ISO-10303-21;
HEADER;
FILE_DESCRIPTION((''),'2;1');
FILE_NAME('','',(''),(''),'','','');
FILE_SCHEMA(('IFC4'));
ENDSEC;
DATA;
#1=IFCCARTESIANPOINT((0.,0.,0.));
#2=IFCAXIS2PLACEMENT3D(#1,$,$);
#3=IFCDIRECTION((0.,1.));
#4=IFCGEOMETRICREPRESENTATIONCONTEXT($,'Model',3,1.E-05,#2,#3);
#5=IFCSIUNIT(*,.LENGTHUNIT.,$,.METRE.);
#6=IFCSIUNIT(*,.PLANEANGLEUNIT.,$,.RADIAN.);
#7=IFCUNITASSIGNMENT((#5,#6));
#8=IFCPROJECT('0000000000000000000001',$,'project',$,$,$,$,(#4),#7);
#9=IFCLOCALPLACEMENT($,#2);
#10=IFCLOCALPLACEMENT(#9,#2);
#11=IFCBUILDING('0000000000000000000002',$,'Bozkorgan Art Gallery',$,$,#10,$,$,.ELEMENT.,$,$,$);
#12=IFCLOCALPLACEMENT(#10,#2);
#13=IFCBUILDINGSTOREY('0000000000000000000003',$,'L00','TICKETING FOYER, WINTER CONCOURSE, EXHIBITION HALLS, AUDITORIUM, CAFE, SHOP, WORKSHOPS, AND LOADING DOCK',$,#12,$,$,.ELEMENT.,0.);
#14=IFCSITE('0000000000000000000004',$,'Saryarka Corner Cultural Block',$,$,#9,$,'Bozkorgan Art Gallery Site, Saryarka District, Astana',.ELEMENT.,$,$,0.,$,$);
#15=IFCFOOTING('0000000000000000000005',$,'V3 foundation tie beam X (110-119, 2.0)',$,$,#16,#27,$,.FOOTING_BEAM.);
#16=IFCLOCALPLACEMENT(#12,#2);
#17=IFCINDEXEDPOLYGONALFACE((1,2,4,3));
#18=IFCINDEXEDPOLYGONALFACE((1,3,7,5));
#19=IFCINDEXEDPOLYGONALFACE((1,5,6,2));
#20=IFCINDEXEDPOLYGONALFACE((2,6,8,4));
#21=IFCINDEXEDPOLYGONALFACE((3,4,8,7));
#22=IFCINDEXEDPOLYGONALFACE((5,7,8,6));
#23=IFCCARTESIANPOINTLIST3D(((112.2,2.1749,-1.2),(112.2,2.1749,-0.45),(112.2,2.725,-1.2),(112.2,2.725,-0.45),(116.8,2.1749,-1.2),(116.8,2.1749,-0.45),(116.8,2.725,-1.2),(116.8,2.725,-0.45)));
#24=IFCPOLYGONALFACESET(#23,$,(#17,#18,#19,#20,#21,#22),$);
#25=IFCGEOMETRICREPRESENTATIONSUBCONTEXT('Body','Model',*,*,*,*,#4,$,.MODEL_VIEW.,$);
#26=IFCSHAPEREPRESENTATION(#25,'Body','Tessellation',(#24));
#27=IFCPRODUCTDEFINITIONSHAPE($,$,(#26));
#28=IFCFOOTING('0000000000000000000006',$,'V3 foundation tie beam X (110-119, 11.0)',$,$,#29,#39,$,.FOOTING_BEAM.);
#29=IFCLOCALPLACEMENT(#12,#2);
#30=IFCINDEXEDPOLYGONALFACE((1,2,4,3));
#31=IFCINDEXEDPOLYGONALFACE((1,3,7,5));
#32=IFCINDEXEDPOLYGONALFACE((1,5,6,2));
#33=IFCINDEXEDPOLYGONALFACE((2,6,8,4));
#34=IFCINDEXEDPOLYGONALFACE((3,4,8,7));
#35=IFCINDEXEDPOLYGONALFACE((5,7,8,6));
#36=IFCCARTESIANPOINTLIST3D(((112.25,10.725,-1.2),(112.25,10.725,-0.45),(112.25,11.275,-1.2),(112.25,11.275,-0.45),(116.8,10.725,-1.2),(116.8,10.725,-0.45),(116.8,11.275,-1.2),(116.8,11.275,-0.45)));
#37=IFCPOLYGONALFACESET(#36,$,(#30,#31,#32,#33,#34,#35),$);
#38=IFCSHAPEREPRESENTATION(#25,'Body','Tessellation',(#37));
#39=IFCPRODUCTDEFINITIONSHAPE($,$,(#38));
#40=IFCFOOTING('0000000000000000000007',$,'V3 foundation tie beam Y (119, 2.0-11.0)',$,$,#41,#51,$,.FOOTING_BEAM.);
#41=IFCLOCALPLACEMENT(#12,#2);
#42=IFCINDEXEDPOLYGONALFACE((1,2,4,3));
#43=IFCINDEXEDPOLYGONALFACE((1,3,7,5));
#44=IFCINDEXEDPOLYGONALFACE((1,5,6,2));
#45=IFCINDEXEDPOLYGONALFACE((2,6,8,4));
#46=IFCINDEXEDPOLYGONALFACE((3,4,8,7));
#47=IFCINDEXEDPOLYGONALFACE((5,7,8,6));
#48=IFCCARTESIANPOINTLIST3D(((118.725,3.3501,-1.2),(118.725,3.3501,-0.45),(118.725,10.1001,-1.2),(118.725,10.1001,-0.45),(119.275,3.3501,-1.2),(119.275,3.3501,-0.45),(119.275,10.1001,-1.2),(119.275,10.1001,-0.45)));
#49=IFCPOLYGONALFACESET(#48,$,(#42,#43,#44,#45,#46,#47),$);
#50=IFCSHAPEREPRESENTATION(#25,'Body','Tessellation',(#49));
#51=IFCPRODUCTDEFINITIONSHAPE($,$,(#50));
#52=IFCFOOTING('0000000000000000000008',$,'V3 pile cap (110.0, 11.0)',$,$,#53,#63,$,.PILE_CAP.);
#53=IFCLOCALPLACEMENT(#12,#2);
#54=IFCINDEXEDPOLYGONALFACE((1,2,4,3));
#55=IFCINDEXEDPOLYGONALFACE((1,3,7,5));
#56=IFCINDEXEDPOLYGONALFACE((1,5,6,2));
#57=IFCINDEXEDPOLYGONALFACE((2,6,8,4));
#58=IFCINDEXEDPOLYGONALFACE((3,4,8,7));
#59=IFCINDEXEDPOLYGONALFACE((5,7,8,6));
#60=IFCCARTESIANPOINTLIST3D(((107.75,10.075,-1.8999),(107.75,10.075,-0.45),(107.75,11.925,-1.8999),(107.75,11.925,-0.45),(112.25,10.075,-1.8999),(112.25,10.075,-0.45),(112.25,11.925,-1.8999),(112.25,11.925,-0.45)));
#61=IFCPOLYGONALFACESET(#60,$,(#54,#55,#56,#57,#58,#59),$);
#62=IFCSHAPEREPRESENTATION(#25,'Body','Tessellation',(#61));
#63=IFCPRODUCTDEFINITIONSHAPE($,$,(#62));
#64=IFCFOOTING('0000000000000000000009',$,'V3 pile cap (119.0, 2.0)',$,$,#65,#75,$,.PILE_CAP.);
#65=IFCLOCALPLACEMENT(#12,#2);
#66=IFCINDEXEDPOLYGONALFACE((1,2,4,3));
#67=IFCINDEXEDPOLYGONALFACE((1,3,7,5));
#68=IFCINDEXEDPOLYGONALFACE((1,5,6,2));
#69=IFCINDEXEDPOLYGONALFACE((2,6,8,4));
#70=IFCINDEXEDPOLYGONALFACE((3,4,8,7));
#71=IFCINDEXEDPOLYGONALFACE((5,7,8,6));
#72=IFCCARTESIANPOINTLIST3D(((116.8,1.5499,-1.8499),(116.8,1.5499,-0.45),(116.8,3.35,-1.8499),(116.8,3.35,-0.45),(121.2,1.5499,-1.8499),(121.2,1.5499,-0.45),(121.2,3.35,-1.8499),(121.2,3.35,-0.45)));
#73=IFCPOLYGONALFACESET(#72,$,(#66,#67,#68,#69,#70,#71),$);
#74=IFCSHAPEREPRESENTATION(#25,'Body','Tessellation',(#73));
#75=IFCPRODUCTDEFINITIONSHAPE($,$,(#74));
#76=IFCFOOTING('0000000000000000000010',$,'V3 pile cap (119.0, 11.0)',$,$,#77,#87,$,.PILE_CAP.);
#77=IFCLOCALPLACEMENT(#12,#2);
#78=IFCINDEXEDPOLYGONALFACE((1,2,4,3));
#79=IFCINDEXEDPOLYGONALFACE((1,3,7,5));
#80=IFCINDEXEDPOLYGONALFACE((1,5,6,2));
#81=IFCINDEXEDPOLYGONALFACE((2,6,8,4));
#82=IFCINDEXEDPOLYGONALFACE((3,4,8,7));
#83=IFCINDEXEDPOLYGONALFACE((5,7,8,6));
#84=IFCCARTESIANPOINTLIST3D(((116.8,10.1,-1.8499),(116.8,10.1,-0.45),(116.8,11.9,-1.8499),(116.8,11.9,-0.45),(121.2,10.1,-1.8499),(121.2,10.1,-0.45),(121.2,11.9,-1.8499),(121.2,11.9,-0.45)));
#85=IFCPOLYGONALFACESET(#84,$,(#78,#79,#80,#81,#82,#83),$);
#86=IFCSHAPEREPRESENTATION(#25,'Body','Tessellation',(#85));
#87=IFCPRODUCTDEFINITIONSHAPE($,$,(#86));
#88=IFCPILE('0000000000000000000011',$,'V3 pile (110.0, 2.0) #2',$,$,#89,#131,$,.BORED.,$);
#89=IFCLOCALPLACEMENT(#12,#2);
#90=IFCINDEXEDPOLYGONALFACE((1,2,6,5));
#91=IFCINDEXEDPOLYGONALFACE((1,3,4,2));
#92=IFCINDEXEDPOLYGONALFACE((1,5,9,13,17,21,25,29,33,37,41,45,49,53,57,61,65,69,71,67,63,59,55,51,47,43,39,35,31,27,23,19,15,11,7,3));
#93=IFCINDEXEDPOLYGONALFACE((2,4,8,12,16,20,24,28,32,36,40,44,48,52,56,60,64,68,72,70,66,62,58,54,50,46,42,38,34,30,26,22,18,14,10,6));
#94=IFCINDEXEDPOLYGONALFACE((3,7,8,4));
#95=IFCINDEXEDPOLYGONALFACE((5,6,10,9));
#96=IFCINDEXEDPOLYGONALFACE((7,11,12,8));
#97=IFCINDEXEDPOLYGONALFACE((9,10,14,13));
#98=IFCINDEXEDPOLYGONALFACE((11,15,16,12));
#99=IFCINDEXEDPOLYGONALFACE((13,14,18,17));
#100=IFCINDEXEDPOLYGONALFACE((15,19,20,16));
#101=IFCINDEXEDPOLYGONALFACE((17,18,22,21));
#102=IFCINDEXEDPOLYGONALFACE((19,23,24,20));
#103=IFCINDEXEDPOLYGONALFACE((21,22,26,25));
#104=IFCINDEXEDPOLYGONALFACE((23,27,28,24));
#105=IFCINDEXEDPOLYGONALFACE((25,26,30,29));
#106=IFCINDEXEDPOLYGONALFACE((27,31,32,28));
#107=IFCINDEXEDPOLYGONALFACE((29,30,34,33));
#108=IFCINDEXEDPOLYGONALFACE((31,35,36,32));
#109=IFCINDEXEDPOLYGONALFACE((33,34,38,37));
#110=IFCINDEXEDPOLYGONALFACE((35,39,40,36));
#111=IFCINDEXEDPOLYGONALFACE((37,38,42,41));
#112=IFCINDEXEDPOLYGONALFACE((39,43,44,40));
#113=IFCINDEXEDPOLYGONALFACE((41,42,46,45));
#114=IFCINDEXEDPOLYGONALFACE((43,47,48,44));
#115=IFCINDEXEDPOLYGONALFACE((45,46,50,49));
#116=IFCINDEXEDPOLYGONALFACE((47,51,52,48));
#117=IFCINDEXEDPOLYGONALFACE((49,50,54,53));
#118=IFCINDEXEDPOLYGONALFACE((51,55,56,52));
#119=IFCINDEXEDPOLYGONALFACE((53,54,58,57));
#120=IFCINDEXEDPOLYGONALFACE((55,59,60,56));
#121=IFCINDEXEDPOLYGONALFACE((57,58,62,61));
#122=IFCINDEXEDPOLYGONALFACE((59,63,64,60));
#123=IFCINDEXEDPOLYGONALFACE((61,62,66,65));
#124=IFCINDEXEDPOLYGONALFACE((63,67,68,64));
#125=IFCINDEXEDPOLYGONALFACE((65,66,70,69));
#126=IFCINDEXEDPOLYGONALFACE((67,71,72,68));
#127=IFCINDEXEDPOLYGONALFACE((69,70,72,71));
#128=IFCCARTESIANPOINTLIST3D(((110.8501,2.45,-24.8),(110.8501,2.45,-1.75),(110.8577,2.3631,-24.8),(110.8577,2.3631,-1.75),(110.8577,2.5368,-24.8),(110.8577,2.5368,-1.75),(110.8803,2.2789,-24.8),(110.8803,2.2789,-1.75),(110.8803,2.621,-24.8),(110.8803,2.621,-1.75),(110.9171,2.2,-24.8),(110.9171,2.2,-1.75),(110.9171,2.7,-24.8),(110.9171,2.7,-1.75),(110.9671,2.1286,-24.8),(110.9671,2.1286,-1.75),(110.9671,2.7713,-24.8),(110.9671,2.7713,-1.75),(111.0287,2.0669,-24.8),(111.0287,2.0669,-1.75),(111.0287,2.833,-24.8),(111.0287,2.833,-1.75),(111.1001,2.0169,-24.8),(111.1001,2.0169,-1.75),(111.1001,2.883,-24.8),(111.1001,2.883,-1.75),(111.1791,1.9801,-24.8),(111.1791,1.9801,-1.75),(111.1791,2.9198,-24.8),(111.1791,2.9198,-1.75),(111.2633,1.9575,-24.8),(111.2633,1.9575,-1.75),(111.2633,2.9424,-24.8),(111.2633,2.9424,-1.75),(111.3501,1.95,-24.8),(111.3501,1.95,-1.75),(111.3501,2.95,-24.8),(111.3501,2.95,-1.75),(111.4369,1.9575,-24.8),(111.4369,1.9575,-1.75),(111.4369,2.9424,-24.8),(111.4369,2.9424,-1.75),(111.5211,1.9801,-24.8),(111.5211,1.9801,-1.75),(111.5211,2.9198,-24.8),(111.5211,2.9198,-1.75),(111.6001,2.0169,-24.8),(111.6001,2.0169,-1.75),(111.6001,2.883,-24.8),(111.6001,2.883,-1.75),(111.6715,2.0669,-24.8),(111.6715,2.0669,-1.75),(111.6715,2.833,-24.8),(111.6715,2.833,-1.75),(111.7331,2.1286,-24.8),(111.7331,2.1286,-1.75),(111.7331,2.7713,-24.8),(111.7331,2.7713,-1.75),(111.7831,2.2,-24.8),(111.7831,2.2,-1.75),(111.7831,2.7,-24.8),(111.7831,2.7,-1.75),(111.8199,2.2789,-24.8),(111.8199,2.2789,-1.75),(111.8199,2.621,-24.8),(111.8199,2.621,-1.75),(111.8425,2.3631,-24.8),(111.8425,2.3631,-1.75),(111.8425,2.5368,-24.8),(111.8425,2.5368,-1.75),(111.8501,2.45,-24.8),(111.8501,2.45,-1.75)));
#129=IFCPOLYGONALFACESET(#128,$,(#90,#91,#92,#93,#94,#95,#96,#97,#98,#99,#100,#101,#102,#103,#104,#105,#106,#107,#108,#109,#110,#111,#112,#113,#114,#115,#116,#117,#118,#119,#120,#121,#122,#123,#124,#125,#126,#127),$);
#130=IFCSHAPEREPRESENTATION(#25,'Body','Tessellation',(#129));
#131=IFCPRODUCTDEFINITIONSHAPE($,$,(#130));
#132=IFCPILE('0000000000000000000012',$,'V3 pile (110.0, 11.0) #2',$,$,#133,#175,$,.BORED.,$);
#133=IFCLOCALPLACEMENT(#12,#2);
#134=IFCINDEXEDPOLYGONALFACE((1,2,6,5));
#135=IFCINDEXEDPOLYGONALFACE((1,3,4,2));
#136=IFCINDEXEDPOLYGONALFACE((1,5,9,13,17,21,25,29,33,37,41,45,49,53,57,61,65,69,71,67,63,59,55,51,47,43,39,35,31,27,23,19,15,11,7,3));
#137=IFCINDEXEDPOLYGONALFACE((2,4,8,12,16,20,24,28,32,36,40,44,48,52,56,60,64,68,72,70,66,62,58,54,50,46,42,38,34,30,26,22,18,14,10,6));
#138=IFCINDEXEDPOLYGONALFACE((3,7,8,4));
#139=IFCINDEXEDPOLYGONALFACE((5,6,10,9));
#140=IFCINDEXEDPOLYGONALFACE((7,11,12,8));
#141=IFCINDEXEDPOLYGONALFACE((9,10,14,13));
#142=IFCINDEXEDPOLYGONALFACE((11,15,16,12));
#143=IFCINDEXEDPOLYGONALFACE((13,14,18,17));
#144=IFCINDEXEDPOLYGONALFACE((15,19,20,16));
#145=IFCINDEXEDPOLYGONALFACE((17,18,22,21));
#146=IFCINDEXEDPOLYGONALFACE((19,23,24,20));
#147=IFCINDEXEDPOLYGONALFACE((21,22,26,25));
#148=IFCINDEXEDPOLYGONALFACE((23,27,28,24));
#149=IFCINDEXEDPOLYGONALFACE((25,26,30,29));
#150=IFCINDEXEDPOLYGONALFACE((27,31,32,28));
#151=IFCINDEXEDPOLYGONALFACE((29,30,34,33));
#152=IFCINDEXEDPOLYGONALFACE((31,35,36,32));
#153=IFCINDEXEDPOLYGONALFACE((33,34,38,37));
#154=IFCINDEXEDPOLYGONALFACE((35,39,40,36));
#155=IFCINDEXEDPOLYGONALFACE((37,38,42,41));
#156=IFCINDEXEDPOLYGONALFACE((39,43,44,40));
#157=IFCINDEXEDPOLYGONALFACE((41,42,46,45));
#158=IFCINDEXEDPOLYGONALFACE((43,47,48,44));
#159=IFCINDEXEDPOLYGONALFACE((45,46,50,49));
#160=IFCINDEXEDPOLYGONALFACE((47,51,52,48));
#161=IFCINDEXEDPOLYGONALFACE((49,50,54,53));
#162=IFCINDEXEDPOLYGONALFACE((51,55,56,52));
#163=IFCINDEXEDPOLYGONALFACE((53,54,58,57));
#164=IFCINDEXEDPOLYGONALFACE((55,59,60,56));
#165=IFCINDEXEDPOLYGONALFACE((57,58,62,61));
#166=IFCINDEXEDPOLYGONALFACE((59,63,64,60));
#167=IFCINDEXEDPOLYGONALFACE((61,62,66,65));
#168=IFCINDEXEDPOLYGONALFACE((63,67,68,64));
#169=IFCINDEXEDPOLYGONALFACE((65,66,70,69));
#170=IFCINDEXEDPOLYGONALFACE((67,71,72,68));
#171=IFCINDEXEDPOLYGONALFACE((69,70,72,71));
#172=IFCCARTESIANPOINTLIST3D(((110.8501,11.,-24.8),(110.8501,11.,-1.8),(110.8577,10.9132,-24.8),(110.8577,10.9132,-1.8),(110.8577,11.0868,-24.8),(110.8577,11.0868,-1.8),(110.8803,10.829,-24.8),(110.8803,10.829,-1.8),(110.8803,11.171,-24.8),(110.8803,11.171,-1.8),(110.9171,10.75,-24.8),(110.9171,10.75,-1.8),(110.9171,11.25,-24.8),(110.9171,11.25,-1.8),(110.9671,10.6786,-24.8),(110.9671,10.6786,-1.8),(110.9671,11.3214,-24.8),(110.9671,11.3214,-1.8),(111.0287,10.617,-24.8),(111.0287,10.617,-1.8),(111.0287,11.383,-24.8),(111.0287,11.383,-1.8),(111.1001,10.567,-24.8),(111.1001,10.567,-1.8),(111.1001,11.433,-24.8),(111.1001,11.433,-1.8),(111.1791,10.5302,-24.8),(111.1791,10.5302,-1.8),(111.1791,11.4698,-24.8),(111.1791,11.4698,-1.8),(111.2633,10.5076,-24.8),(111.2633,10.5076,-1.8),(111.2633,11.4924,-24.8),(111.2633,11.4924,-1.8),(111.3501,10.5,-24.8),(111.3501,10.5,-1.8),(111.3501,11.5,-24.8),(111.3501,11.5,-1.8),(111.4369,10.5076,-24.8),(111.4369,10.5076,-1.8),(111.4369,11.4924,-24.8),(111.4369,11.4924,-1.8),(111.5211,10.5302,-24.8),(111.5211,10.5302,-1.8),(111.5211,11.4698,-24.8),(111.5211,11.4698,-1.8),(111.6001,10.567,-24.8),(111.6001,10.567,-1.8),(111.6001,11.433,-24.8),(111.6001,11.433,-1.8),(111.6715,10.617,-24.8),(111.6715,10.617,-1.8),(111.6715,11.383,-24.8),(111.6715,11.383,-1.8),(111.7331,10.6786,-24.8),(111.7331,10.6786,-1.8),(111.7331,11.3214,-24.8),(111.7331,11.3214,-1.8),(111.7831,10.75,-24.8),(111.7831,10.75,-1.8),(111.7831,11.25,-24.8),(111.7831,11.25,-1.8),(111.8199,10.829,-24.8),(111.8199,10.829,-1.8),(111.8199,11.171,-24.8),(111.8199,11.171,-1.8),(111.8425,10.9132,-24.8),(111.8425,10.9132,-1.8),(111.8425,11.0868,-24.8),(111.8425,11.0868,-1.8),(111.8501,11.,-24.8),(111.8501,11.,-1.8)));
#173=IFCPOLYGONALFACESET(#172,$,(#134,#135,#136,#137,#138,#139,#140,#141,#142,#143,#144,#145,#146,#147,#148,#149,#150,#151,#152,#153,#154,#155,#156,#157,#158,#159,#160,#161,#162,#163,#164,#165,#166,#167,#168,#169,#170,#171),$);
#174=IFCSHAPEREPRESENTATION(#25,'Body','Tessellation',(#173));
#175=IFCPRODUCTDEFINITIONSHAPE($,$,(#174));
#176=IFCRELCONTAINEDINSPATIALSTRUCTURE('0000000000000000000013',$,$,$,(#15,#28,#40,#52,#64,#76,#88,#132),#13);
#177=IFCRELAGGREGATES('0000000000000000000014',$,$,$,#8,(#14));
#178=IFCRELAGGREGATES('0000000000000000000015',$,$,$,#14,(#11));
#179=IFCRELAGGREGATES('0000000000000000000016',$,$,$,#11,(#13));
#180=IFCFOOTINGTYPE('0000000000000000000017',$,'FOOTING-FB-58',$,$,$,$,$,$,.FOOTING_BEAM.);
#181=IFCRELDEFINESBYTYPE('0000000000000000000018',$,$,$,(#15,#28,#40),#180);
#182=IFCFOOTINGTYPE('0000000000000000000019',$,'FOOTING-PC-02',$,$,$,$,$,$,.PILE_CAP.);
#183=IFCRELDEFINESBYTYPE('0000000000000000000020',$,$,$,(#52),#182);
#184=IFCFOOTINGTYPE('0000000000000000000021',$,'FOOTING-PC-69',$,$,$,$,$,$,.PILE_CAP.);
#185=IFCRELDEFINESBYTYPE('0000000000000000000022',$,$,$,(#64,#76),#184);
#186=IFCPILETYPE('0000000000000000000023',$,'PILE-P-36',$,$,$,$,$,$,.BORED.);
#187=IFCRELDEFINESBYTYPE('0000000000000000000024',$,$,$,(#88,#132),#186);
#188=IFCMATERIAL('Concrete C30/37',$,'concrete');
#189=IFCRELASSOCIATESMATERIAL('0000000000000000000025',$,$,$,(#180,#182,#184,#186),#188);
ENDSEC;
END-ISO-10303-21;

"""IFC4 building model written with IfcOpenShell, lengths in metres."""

from ifc_helpers import new_model, si_unit, direction, frame, origin, origin_2d, place, context, subcontext, project, spatial, rectangle, circle, extrude, material, material_profile, profile_set, type_object, element, save


model = new_model("IFC4")

# Units and contexts
model_context = context("Model", 3, precision=1e-05, world=origin(), true_north=direction((0.0, 1.0)))
body_context = subcontext(model_context, "Body", "Model", "MODEL_VIEW")
ifc_project = project(units=[si_unit("LENGTHUNIT", "METRE"), si_unit("PLANEANGLEUNIT", "RADIAN")], contexts=[model_context])

# Site, building, storey
site_placement = place(None, origin())
site = spatial("IfcSite", under=ifc_project, at=site_placement, Name="Saryarka Corner Cultural Block", LongName="Bozkorgan Art Gallery Site, Saryarka District, Astana", CompositionType="ELEMENT", RefElevation=0.0)
building_placement = place(site_placement, origin())
building = spatial("IfcBuilding", under=site, at=building_placement, Name="Bozkorgan Art Gallery", CompositionType="ELEMENT")
storey_placement = place(building_placement, origin())
storey = spatial("IfcBuildingStorey", under=building, at=storey_placement, Name="L00", Description="TICKETING FOYER, WINTER CONCOURSE, EXHIBITION HALLS, AUDITORIUM, CAFE, SHOP, WORKSHOPS, AND LOADING DOCK", CompositionType="ELEMENT", Elevation=0.0)

# Footings
ifc_material_1 = material(Name="Concrete C30/37", Category="concrete")
ifc_material_profile_1 = material_profile(ifc_material_1, rectangle(XDim=0.55, YDim=0.75, at=origin_2d()), Name="FND 550x750")
ifc_profile_set_1 = profile_set([ifc_material_profile_1], Name="Concrete C30/37")
footing_type_1 = type_object("IfcFootingType", Name="FOOTING-FB-58", PredefinedType="FOOTING_BEAM", material=ifc_profile_set_1)
footing_1_placement = place(storey_placement, frame((112.2, 2.45, -0.825), z_axis=(1.0, 0.0, 0.0), x_axis=(0.0, 1.0, 0.0)))
element("IfcFooting", 1, at=footing_1_placement, inside=storey, type_object=footing_type_1, Name="V3 foundation tie beam X (110-119, 2.0)", PredefinedType="FOOTING_BEAM", context=body_context, shape_type="SweptSolid", body=[
    extrude(rectangle(XDim=0.55, YDim=0.75, at=origin_2d()), origin(), (0.0, 0.0, 1.0), 4.6001),
])
footing_2_placement = place(storey_placement, frame((112.25, 11.0, -0.825), z_axis=(1.0, 0.0, 0.0), x_axis=(0.0, 1.0, 0.0)))
element("IfcFooting", 2, at=footing_2_placement, inside=storey, type_object=footing_type_1, Name="V3 foundation tie beam X (110-119, 11.0)", PredefinedType="FOOTING_BEAM", context=body_context, shape_type="SweptSolid", body=[
    extrude(rectangle(XDim=0.55, YDim=0.75, at=origin_2d()), origin(), (0.0, 0.0, 1.0), 4.55),
])
footing_3_placement = place(storey_placement, frame((119.0, 3.3501, -0.825), z_axis=(0.0, 1.0, 0.0), x_axis=(-1.0, 0.0, 0.0)))
element("IfcFooting", 3, at=footing_3_placement, inside=storey, type_object=footing_type_1, Name="V3 foundation tie beam Y (119, 2.0-11.0)", PredefinedType="FOOTING_BEAM", context=body_context, shape_type="SweptSolid", body=[
    extrude(rectangle(XDim=0.55, YDim=0.75, at=origin_2d()), origin(), (0.0, 0.0, 1.0), 6.75),
])
footing_type_2 = type_object("IfcFootingType", Name="FOOTING-PC-02", PredefinedType="PILE_CAP", material=ifc_material_1)
footing_4_placement = place(storey_placement, frame((110.0, 11.0, -1.8999), z_axis=(0.0, 0.0, 1.0), x_axis=(1.0, 0.0, 0.0)))
element("IfcFooting", 4, at=footing_4_placement, inside=storey, type_object=footing_type_2, Name="V3 pile cap (110.0, 11.0)", PredefinedType="PILE_CAP", context=body_context, shape_type="SweptSolid", body=[
    extrude(rectangle(XDim=4.5, YDim=1.8501, at=origin_2d()), origin(), (0.0, 0.0, 1.0), 1.45),
])
footing_type_3 = type_object("IfcFootingType", Name="FOOTING-PC-69", PredefinedType="PILE_CAP", material=ifc_material_1)
for number, where, z_axis, x_axis, name in (
    (5, (119.0, 2.45, -1.8499), (0.0, 0.0, 1.0), (1.0, 0.0, 0.0), "V3 pile cap (119.0, 2.0)"),
    (6, (119.0, 11.0, -1.8499), (0.0, 0.0, 1.0), (1.0, 0.0, 0.0), "V3 pile cap (119.0, 11.0)"),
):
    element("IfcFooting", number, at=place(storey_placement, frame(where, z_axis=z_axis, x_axis=x_axis)), inside=storey, type_object=footing_type_3, Name=name, PredefinedType="PILE_CAP", context=body_context, shape_type="SweptSolid", body=[
        extrude(rectangle(XDim=4.3999, YDim=1.8, at=origin_2d()), origin(), (0.0, 0.0, 1.0), 1.3999),
    ])

# Piles
ifc_material_profile_2 = material_profile(ifc_material_1, circle(Radius=0.5, at=origin_2d()), Name="PILE D1000")
ifc_profile_set_2 = profile_set([ifc_material_profile_2], Name="Concrete C30/37")
pile_type = type_object("IfcPileType", Name="PILE-P-36", PredefinedType="BORED", material=ifc_profile_set_2)
pile_1_placement = place(storey_placement, frame((111.3501, 2.45, -1.75), z_axis=(0.0, 0.0, -1.0), x_axis=(1.0, 0.0, 0.0)))
element("IfcPile", 7, at=pile_1_placement, inside=storey, type_object=pile_type, Name="V3 pile (110.0, 2.0) #2", PredefinedType="BORED", context=body_context, shape_type="SweptSolid", body=[
    extrude(circle(Radius=0.5, at=origin_2d()), origin(), (0.0, 0.0, 1.0), 23.05),
])
pile_2_placement = place(storey_placement, frame((111.3501, 11.0, -1.8), z_axis=(0.0, 0.0, -1.0), x_axis=(1.0, 0.0, 0.0)))
element("IfcPile", 8, at=pile_2_placement, inside=storey, type_object=pile_type, Name="V3 pile (110.0, 11.0) #2", PredefinedType="BORED", context=body_context, shape_type="SweptSolid", body=[
    extrude(circle(Radius=0.5, at=origin_2d()), origin(), (0.0, 0.0, 1.0), 23.0),
])

save(model, "model.ifc")
